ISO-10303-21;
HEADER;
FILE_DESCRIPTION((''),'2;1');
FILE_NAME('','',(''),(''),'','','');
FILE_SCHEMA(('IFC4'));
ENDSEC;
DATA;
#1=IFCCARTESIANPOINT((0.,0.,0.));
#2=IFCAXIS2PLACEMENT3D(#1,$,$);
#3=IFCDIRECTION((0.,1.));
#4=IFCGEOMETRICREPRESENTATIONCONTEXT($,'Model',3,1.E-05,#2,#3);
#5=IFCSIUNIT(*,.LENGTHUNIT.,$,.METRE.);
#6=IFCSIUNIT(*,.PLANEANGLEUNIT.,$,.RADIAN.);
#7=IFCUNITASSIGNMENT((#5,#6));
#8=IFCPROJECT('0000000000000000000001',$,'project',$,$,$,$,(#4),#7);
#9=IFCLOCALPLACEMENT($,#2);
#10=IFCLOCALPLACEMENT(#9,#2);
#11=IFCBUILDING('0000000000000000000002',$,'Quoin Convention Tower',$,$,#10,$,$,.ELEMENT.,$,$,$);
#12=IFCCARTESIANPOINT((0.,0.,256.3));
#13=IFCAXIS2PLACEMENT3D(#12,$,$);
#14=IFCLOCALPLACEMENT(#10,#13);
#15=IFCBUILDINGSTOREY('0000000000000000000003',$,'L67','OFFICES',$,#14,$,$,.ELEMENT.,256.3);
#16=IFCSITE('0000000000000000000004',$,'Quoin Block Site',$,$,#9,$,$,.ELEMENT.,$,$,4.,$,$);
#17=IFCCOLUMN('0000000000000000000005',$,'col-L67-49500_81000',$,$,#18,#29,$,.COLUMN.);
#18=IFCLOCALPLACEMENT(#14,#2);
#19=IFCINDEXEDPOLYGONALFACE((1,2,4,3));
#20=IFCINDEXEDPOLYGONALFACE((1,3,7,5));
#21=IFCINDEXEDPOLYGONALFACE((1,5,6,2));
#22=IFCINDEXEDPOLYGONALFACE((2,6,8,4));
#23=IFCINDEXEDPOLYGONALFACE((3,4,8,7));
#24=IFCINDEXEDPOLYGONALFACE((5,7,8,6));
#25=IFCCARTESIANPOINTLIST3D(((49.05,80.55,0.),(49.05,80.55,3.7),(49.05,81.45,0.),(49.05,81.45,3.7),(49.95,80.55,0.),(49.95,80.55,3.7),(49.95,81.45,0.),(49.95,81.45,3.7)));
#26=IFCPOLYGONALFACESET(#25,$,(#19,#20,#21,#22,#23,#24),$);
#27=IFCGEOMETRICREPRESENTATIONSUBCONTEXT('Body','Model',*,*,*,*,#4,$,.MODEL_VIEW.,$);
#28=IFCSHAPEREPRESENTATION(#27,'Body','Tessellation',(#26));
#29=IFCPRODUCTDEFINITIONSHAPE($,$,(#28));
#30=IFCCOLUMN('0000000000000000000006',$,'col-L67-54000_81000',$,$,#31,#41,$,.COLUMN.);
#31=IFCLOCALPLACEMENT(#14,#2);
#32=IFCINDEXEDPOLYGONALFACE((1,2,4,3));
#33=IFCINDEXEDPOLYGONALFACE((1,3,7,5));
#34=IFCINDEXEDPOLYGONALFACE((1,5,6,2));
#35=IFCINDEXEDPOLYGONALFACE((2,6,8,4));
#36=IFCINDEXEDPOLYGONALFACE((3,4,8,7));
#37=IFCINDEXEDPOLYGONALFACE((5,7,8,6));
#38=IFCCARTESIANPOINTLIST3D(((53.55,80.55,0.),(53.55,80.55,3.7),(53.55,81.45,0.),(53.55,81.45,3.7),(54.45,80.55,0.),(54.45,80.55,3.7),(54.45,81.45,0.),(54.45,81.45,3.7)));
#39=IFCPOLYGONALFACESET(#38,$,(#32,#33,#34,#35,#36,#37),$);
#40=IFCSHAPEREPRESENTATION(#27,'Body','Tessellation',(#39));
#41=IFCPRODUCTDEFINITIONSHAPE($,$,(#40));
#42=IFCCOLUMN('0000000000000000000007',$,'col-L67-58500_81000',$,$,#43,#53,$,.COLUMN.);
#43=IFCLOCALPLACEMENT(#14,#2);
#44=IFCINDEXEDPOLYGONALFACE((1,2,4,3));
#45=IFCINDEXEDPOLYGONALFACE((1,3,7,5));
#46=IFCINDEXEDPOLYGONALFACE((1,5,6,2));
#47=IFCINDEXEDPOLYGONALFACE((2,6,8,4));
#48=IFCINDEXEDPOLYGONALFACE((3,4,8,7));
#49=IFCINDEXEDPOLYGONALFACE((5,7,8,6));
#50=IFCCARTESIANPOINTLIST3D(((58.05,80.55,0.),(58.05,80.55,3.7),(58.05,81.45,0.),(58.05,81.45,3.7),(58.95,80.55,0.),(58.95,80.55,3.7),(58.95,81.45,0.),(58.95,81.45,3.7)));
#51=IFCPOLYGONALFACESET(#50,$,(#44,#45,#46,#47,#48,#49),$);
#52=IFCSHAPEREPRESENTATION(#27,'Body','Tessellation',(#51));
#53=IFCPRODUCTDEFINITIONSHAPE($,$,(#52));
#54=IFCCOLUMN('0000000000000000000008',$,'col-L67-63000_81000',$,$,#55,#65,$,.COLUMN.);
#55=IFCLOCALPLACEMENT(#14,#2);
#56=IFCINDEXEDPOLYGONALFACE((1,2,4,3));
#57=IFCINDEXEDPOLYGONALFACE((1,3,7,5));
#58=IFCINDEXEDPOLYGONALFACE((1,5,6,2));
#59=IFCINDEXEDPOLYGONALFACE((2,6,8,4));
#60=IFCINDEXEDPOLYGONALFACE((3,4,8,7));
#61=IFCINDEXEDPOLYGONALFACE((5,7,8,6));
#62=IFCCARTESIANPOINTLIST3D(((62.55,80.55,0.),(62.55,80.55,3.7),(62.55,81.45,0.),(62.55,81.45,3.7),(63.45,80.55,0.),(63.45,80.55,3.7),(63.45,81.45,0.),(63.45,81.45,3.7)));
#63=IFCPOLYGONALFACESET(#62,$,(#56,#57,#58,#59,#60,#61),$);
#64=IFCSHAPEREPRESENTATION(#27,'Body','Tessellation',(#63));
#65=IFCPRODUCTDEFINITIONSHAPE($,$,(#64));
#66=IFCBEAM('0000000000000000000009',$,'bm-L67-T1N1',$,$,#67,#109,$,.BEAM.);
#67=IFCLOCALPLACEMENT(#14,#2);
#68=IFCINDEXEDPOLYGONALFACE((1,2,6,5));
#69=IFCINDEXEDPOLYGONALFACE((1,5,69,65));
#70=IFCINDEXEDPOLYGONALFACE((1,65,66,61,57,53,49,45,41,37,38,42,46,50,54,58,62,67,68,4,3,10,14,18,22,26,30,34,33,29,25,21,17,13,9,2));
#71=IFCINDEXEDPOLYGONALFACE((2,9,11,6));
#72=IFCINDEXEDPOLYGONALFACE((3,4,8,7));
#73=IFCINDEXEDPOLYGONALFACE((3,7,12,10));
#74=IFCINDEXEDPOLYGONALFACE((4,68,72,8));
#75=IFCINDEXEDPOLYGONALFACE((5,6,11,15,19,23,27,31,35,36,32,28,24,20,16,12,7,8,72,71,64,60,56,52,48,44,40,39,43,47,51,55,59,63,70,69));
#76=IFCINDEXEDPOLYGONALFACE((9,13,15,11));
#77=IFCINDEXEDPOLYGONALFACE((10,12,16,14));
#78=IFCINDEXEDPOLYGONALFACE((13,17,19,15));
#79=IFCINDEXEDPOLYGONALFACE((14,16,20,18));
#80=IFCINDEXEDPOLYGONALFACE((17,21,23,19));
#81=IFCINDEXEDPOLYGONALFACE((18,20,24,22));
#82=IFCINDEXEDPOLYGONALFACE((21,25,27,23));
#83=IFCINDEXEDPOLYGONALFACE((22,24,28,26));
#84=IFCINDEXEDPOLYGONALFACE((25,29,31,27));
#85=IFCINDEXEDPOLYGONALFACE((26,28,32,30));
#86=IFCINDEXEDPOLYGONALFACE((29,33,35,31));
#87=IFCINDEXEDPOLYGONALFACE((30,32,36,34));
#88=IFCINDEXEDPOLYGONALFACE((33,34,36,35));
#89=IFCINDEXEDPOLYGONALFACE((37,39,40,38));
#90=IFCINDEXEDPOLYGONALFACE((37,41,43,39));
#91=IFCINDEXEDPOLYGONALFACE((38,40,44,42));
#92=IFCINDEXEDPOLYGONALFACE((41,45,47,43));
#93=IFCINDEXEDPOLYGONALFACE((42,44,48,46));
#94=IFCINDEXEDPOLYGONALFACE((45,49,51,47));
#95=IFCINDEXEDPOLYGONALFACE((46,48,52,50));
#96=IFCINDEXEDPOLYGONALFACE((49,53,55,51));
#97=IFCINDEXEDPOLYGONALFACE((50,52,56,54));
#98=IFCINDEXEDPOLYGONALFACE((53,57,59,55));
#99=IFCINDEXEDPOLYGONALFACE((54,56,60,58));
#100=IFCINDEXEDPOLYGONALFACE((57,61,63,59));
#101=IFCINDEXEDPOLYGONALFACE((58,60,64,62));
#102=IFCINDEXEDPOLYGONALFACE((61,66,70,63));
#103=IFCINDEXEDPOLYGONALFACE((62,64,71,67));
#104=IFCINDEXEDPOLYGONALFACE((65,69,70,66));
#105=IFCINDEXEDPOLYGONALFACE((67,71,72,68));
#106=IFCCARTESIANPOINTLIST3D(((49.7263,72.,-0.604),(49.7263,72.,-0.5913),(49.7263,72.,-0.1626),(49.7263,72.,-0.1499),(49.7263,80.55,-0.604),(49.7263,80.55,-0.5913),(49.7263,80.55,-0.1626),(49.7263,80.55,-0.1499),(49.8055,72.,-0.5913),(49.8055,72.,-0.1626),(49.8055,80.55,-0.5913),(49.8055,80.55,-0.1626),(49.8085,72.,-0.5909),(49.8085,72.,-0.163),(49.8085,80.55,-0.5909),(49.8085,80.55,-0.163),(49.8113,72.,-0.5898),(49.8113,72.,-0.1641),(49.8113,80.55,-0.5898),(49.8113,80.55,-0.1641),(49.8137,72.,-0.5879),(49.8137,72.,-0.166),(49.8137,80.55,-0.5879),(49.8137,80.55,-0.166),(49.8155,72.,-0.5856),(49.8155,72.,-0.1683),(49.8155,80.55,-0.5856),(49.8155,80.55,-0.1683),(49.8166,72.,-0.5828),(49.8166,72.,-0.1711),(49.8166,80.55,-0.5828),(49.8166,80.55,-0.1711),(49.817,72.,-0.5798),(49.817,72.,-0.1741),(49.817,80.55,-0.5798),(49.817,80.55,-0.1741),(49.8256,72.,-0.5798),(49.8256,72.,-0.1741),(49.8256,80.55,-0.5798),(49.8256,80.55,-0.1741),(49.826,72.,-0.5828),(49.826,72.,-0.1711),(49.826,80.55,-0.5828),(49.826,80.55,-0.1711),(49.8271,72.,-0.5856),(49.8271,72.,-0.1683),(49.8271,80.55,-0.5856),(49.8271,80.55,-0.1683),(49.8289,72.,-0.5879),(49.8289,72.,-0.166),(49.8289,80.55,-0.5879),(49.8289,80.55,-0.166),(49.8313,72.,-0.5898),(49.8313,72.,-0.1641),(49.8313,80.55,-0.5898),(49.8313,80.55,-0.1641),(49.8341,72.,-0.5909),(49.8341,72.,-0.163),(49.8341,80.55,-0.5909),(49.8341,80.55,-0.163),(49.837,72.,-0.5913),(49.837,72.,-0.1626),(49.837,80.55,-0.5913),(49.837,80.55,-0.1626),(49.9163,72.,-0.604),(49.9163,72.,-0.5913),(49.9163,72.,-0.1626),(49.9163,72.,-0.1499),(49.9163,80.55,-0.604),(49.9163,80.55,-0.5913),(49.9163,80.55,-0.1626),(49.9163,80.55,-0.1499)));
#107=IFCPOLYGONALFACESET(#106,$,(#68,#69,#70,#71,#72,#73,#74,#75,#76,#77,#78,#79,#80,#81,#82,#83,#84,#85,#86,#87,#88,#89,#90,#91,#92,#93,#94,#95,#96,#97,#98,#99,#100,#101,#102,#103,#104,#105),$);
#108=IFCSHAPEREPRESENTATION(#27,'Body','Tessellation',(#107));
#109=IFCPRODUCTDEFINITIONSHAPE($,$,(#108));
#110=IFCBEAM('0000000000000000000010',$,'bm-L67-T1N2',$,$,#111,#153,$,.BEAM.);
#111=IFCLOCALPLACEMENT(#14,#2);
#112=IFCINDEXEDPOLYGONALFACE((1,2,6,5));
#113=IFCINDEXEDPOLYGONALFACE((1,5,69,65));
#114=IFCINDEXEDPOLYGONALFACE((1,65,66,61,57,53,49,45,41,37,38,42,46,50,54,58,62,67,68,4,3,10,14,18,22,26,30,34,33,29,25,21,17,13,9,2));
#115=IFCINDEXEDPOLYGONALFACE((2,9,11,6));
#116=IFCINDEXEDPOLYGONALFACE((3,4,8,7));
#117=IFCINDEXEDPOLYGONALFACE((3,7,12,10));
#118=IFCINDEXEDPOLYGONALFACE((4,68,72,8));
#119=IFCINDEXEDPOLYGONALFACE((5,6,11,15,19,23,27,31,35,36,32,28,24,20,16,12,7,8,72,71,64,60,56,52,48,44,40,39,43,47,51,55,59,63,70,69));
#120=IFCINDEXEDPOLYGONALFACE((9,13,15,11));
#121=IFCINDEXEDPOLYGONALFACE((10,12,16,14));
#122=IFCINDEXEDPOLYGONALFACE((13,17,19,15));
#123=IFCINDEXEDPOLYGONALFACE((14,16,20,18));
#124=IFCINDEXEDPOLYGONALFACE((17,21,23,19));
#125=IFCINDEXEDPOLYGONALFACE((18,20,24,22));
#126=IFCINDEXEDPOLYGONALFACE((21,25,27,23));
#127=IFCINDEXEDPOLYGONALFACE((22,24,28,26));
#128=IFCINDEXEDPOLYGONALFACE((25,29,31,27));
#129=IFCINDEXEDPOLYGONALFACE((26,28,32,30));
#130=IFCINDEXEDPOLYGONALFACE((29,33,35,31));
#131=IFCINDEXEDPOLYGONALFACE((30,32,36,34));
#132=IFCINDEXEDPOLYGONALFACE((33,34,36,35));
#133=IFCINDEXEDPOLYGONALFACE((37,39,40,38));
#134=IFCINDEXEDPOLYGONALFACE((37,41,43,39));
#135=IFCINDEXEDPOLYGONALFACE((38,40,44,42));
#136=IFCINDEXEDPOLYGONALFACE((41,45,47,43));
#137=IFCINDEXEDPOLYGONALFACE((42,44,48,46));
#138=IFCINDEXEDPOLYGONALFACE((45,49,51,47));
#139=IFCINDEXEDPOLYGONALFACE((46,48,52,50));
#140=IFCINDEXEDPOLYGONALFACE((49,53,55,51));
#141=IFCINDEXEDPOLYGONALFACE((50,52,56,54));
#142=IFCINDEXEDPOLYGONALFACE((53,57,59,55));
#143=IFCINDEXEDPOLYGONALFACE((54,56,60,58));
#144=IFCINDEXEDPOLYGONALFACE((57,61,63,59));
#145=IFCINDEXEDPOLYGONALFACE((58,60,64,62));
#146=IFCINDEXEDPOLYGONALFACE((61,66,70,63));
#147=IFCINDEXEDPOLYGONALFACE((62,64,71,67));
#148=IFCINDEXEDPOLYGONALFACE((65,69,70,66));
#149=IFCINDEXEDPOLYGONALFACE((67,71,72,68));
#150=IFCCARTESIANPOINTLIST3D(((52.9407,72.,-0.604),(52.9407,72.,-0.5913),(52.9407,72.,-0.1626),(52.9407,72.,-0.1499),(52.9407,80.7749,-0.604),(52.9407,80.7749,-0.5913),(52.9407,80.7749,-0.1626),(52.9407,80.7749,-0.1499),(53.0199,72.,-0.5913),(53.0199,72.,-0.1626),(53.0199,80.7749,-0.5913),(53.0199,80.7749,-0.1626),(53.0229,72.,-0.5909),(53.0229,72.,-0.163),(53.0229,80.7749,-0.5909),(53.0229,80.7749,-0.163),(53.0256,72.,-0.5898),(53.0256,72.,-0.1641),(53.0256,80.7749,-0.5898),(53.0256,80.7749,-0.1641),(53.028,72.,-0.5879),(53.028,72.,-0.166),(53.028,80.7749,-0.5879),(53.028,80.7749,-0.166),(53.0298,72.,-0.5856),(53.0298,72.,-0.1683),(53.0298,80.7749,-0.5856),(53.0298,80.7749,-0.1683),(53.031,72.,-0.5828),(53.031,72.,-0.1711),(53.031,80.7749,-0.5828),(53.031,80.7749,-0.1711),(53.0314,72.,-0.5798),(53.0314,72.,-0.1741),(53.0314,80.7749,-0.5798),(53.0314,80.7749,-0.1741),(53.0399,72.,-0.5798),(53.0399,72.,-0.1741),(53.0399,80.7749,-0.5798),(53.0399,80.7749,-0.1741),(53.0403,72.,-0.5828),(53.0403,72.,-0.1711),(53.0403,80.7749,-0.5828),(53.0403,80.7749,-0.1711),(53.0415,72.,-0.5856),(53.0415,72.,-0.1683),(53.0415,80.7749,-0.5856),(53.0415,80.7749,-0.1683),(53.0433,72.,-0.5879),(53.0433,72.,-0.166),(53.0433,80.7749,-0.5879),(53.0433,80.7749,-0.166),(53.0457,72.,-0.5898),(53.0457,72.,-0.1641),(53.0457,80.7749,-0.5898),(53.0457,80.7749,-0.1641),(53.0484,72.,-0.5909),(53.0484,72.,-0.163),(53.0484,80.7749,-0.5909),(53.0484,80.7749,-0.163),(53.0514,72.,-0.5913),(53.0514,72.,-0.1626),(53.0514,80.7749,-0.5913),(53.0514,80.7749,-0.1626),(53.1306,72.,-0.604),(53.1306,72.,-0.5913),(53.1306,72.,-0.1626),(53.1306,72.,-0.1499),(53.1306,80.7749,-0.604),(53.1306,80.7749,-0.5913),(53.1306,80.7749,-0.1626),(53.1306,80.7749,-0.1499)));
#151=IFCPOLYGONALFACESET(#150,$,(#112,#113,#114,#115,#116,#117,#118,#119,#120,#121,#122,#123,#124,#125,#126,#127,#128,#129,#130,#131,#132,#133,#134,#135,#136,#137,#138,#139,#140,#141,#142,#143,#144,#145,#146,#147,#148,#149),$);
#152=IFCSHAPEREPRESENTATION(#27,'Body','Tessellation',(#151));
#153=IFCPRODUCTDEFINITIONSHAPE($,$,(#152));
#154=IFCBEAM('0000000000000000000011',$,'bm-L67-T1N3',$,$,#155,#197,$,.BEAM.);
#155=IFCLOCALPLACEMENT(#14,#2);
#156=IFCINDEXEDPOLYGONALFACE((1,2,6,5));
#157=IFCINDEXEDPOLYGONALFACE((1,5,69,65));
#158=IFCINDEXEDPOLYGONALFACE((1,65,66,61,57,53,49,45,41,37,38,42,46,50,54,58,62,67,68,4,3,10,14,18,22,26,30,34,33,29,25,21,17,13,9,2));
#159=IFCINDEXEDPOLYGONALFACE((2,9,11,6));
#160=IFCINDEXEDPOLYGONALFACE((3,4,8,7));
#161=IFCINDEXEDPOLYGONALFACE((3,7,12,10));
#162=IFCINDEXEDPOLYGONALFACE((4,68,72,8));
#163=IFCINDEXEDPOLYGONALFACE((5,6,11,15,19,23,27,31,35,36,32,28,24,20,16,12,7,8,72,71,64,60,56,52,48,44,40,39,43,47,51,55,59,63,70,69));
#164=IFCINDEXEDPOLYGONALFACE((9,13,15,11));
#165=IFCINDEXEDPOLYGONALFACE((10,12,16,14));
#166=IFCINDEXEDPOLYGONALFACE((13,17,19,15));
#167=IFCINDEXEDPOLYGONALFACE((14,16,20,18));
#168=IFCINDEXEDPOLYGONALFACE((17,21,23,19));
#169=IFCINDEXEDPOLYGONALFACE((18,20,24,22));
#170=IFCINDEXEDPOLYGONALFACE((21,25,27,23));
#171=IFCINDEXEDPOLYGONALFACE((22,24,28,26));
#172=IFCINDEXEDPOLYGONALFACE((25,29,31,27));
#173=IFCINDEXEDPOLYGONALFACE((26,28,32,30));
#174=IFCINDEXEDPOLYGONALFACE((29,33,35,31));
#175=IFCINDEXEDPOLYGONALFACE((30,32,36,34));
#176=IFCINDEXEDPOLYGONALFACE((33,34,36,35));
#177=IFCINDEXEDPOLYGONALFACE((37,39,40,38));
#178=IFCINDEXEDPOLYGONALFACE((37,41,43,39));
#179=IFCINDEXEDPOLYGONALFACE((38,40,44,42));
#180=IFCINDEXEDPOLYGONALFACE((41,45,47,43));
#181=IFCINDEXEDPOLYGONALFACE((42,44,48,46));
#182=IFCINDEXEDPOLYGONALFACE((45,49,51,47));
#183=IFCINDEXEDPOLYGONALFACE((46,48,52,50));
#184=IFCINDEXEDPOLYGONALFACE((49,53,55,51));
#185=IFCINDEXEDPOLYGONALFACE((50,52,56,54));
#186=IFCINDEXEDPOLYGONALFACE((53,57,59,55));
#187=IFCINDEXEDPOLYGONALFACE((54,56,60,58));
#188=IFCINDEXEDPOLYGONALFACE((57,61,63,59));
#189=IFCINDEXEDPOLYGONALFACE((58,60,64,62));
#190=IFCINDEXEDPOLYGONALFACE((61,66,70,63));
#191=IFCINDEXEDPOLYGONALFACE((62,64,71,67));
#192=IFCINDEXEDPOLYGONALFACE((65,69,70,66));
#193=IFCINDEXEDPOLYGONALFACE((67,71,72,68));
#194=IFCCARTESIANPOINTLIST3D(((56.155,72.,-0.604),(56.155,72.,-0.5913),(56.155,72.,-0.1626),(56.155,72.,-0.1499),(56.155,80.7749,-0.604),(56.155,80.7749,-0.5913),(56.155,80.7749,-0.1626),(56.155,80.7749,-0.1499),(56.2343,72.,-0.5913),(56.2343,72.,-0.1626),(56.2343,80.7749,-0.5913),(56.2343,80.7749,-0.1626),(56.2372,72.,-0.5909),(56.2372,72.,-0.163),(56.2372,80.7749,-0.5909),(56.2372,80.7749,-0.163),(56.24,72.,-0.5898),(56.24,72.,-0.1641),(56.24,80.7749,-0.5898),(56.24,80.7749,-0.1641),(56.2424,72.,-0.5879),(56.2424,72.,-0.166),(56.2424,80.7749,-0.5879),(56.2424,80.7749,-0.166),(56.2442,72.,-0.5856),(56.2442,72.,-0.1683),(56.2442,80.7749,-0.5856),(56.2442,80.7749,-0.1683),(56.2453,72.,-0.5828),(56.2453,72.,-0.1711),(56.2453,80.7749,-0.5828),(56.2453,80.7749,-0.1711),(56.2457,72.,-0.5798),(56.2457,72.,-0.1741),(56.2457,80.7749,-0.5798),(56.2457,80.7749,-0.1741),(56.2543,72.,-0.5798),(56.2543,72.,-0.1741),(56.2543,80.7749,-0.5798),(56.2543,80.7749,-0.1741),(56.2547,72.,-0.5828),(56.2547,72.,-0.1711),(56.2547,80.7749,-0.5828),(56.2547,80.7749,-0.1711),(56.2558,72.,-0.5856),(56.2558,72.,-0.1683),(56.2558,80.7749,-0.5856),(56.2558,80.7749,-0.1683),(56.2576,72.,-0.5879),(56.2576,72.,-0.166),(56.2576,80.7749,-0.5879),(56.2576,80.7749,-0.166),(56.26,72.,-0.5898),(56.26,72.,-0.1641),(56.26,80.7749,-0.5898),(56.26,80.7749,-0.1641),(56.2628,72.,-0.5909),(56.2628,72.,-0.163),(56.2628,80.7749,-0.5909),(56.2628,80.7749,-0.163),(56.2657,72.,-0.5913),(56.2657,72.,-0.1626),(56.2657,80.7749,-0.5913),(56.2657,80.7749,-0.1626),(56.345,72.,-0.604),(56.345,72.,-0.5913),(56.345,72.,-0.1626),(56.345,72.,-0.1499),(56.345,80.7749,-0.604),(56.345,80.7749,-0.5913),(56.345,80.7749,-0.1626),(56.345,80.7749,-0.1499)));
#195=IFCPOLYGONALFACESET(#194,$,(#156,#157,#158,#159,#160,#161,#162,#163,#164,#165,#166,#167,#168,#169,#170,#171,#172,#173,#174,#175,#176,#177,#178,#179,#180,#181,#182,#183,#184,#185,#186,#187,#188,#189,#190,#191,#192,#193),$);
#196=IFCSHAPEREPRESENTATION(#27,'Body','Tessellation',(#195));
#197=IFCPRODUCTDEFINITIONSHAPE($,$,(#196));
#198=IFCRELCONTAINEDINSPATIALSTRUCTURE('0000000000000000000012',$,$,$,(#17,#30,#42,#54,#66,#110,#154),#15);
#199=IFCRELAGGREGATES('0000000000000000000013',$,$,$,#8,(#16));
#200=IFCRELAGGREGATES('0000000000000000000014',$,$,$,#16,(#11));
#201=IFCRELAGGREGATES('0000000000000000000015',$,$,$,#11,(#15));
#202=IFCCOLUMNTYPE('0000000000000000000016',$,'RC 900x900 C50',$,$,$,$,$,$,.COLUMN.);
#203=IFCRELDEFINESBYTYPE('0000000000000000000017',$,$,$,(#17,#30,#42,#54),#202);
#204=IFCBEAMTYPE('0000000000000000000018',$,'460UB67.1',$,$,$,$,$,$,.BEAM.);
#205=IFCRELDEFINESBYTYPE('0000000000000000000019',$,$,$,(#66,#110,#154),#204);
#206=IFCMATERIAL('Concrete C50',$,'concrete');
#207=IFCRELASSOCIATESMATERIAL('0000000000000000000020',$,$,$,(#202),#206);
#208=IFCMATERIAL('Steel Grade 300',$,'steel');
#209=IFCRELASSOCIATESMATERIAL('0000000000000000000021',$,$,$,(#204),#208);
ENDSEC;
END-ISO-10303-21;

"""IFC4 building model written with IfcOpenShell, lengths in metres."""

from ifc_helpers import new_model, si_unit, direction, frame, origin, origin_2d, place, context, subcontext, project, spatial, rectangle, i_section, extrude, material, material_profile, profile_set, type_object, element, save


model = new_model("IFC4")

# Units and contexts
model_context = context("Model", 3, precision=1e-05, world=origin(), true_north=direction((0.0, 1.0)))
body_context = subcontext(model_context, "Body", "Model", "MODEL_VIEW")
ifc_project = project(units=[si_unit("LENGTHUNIT", "METRE"), si_unit("PLANEANGLEUNIT", "RADIAN")], contexts=[model_context])

# Site, building, storey
site_placement = place(None, origin())
site = spatial("IfcSite", under=ifc_project, at=site_placement, Name="Quoin Block Site", CompositionType="ELEMENT", RefElevation=4.0)
building_placement = place(site_placement, origin())
building = spatial("IfcBuilding", under=site, at=building_placement, Name="Quoin Convention Tower", CompositionType="ELEMENT")
storey_placement = place(building_placement, frame((0.0, 0.0, 256.3)))
storey = spatial("IfcBuildingStorey", under=building, at=storey_placement, Name="L67", Description="OFFICES", CompositionType="ELEMENT", Elevation=256.3)

# Columns
ifc_material_1 = material(Name="Concrete C50", Category="concrete")
ifc_material_profile_1 = material_profile(ifc_material_1, rectangle(XDim=0.8999, YDim=0.8999, at=origin_2d()), Name="RC 900x900")
ifc_profile_set_1 = profile_set([ifc_material_profile_1], Name="Concrete C50")
column_type = type_object("IfcColumnType", Name="RC 900x900 C50", PredefinedType="COLUMN", material=ifc_profile_set_1)
for number, where, z_axis, x_axis, name in (
    (1, (49.5, 81.0, 0.0), (0.0, 0.0, 1.0), (1.0, 0.0, 0.0), "col-L67-49500_81000"),
    (2, (54.0, 81.0, 0.0), (0.0, 0.0, 1.0), (1.0, 0.0, 0.0), "col-L67-54000_81000"),
    (3, (58.5, 81.0, 0.0), (0.0, 0.0, 1.0), (1.0, 0.0, 0.0), "col-L67-58500_81000"),
    (4, (63.0, 81.0, 0.0), (0.0, 0.0, 1.0), (1.0, 0.0, 0.0), "col-L67-63000_81000"),
):
    element("IfcColumn", number, at=place(storey_placement, frame(where, z_axis=z_axis, x_axis=x_axis)), inside=storey, type_object=column_type, Name=name, PredefinedType="COLUMN", context=body_context, shape_type="SweptSolid", body=[
        extrude(rectangle(XDim=0.8999, YDim=0.8999, at=origin_2d()), origin(), (0.0, 0.0, 1.0), 3.7),
    ])

# Beams
ifc_material_2 = material(Name="Steel Grade 300", Category="steel")
ifc_material_profile_2 = material_profile(ifc_material_2, i_section(OverallWidth=0.1899, OverallDepth=0.4541, WebThickness=0.0085, FlangeThickness=0.0127, FilletRadius=0.0115, at=origin_2d()), Name="460UB67.1")
ifc_profile_set_2 = profile_set([ifc_material_profile_2], Name="Steel Grade 300")
beam_type_1 = type_object("IfcBeamType", Name="460UB67.1", PredefinedType="BEAM", material=ifc_profile_set_2)
beam_1_placement = place(storey_placement, frame((49.8213, 72.0, -0.377), z_axis=(0.0, 1.0, 0.0), x_axis=(-1.0, 0.0, 0.0)))
element("IfcBeam", 5, at=beam_1_placement, inside=storey, type_object=beam_type_1, Name="bm-L67-T1N1", PredefinedType="BEAM", context=body_context, shape_type="SweptSolid", body=[
    extrude(i_section(OverallWidth=0.1899, OverallDepth=0.4541, WebThickness=0.0085, FlangeThickness=0.0127, FilletRadius=0.0115, at=origin_2d()), origin(), (0.0, 0.0, 1.0), 8.55),
])
for number, where, z_axis, x_axis, name in (
    (6, (53.0356, 72.0, -0.377), (0.0, 1.0, 0.0), (-1.0, 0.0, 0.0), "bm-L67-T1N2"),
    (7, (56.25, 72.0, -0.377), (0.0, 1.0, 0.0), (-1.0, 0.0, 0.0), "bm-L67-T1N3"),
):
    element("IfcBeam", number, at=place(storey_placement, frame(where, z_axis=z_axis, x_axis=x_axis)), inside=storey, type_object=beam_type_1, Name=name, PredefinedType="BEAM", context=body_context, shape_type="SweptSolid", body=[
        extrude(i_section(OverallWidth=0.1899, OverallDepth=0.4541, WebThickness=0.0085, FlangeThickness=0.0127, FilletRadius=0.0115, at=origin_2d()), origin(), (0.0, 0.0, 1.0), 8.7749),
    ])

save(model, "model.ifc")
